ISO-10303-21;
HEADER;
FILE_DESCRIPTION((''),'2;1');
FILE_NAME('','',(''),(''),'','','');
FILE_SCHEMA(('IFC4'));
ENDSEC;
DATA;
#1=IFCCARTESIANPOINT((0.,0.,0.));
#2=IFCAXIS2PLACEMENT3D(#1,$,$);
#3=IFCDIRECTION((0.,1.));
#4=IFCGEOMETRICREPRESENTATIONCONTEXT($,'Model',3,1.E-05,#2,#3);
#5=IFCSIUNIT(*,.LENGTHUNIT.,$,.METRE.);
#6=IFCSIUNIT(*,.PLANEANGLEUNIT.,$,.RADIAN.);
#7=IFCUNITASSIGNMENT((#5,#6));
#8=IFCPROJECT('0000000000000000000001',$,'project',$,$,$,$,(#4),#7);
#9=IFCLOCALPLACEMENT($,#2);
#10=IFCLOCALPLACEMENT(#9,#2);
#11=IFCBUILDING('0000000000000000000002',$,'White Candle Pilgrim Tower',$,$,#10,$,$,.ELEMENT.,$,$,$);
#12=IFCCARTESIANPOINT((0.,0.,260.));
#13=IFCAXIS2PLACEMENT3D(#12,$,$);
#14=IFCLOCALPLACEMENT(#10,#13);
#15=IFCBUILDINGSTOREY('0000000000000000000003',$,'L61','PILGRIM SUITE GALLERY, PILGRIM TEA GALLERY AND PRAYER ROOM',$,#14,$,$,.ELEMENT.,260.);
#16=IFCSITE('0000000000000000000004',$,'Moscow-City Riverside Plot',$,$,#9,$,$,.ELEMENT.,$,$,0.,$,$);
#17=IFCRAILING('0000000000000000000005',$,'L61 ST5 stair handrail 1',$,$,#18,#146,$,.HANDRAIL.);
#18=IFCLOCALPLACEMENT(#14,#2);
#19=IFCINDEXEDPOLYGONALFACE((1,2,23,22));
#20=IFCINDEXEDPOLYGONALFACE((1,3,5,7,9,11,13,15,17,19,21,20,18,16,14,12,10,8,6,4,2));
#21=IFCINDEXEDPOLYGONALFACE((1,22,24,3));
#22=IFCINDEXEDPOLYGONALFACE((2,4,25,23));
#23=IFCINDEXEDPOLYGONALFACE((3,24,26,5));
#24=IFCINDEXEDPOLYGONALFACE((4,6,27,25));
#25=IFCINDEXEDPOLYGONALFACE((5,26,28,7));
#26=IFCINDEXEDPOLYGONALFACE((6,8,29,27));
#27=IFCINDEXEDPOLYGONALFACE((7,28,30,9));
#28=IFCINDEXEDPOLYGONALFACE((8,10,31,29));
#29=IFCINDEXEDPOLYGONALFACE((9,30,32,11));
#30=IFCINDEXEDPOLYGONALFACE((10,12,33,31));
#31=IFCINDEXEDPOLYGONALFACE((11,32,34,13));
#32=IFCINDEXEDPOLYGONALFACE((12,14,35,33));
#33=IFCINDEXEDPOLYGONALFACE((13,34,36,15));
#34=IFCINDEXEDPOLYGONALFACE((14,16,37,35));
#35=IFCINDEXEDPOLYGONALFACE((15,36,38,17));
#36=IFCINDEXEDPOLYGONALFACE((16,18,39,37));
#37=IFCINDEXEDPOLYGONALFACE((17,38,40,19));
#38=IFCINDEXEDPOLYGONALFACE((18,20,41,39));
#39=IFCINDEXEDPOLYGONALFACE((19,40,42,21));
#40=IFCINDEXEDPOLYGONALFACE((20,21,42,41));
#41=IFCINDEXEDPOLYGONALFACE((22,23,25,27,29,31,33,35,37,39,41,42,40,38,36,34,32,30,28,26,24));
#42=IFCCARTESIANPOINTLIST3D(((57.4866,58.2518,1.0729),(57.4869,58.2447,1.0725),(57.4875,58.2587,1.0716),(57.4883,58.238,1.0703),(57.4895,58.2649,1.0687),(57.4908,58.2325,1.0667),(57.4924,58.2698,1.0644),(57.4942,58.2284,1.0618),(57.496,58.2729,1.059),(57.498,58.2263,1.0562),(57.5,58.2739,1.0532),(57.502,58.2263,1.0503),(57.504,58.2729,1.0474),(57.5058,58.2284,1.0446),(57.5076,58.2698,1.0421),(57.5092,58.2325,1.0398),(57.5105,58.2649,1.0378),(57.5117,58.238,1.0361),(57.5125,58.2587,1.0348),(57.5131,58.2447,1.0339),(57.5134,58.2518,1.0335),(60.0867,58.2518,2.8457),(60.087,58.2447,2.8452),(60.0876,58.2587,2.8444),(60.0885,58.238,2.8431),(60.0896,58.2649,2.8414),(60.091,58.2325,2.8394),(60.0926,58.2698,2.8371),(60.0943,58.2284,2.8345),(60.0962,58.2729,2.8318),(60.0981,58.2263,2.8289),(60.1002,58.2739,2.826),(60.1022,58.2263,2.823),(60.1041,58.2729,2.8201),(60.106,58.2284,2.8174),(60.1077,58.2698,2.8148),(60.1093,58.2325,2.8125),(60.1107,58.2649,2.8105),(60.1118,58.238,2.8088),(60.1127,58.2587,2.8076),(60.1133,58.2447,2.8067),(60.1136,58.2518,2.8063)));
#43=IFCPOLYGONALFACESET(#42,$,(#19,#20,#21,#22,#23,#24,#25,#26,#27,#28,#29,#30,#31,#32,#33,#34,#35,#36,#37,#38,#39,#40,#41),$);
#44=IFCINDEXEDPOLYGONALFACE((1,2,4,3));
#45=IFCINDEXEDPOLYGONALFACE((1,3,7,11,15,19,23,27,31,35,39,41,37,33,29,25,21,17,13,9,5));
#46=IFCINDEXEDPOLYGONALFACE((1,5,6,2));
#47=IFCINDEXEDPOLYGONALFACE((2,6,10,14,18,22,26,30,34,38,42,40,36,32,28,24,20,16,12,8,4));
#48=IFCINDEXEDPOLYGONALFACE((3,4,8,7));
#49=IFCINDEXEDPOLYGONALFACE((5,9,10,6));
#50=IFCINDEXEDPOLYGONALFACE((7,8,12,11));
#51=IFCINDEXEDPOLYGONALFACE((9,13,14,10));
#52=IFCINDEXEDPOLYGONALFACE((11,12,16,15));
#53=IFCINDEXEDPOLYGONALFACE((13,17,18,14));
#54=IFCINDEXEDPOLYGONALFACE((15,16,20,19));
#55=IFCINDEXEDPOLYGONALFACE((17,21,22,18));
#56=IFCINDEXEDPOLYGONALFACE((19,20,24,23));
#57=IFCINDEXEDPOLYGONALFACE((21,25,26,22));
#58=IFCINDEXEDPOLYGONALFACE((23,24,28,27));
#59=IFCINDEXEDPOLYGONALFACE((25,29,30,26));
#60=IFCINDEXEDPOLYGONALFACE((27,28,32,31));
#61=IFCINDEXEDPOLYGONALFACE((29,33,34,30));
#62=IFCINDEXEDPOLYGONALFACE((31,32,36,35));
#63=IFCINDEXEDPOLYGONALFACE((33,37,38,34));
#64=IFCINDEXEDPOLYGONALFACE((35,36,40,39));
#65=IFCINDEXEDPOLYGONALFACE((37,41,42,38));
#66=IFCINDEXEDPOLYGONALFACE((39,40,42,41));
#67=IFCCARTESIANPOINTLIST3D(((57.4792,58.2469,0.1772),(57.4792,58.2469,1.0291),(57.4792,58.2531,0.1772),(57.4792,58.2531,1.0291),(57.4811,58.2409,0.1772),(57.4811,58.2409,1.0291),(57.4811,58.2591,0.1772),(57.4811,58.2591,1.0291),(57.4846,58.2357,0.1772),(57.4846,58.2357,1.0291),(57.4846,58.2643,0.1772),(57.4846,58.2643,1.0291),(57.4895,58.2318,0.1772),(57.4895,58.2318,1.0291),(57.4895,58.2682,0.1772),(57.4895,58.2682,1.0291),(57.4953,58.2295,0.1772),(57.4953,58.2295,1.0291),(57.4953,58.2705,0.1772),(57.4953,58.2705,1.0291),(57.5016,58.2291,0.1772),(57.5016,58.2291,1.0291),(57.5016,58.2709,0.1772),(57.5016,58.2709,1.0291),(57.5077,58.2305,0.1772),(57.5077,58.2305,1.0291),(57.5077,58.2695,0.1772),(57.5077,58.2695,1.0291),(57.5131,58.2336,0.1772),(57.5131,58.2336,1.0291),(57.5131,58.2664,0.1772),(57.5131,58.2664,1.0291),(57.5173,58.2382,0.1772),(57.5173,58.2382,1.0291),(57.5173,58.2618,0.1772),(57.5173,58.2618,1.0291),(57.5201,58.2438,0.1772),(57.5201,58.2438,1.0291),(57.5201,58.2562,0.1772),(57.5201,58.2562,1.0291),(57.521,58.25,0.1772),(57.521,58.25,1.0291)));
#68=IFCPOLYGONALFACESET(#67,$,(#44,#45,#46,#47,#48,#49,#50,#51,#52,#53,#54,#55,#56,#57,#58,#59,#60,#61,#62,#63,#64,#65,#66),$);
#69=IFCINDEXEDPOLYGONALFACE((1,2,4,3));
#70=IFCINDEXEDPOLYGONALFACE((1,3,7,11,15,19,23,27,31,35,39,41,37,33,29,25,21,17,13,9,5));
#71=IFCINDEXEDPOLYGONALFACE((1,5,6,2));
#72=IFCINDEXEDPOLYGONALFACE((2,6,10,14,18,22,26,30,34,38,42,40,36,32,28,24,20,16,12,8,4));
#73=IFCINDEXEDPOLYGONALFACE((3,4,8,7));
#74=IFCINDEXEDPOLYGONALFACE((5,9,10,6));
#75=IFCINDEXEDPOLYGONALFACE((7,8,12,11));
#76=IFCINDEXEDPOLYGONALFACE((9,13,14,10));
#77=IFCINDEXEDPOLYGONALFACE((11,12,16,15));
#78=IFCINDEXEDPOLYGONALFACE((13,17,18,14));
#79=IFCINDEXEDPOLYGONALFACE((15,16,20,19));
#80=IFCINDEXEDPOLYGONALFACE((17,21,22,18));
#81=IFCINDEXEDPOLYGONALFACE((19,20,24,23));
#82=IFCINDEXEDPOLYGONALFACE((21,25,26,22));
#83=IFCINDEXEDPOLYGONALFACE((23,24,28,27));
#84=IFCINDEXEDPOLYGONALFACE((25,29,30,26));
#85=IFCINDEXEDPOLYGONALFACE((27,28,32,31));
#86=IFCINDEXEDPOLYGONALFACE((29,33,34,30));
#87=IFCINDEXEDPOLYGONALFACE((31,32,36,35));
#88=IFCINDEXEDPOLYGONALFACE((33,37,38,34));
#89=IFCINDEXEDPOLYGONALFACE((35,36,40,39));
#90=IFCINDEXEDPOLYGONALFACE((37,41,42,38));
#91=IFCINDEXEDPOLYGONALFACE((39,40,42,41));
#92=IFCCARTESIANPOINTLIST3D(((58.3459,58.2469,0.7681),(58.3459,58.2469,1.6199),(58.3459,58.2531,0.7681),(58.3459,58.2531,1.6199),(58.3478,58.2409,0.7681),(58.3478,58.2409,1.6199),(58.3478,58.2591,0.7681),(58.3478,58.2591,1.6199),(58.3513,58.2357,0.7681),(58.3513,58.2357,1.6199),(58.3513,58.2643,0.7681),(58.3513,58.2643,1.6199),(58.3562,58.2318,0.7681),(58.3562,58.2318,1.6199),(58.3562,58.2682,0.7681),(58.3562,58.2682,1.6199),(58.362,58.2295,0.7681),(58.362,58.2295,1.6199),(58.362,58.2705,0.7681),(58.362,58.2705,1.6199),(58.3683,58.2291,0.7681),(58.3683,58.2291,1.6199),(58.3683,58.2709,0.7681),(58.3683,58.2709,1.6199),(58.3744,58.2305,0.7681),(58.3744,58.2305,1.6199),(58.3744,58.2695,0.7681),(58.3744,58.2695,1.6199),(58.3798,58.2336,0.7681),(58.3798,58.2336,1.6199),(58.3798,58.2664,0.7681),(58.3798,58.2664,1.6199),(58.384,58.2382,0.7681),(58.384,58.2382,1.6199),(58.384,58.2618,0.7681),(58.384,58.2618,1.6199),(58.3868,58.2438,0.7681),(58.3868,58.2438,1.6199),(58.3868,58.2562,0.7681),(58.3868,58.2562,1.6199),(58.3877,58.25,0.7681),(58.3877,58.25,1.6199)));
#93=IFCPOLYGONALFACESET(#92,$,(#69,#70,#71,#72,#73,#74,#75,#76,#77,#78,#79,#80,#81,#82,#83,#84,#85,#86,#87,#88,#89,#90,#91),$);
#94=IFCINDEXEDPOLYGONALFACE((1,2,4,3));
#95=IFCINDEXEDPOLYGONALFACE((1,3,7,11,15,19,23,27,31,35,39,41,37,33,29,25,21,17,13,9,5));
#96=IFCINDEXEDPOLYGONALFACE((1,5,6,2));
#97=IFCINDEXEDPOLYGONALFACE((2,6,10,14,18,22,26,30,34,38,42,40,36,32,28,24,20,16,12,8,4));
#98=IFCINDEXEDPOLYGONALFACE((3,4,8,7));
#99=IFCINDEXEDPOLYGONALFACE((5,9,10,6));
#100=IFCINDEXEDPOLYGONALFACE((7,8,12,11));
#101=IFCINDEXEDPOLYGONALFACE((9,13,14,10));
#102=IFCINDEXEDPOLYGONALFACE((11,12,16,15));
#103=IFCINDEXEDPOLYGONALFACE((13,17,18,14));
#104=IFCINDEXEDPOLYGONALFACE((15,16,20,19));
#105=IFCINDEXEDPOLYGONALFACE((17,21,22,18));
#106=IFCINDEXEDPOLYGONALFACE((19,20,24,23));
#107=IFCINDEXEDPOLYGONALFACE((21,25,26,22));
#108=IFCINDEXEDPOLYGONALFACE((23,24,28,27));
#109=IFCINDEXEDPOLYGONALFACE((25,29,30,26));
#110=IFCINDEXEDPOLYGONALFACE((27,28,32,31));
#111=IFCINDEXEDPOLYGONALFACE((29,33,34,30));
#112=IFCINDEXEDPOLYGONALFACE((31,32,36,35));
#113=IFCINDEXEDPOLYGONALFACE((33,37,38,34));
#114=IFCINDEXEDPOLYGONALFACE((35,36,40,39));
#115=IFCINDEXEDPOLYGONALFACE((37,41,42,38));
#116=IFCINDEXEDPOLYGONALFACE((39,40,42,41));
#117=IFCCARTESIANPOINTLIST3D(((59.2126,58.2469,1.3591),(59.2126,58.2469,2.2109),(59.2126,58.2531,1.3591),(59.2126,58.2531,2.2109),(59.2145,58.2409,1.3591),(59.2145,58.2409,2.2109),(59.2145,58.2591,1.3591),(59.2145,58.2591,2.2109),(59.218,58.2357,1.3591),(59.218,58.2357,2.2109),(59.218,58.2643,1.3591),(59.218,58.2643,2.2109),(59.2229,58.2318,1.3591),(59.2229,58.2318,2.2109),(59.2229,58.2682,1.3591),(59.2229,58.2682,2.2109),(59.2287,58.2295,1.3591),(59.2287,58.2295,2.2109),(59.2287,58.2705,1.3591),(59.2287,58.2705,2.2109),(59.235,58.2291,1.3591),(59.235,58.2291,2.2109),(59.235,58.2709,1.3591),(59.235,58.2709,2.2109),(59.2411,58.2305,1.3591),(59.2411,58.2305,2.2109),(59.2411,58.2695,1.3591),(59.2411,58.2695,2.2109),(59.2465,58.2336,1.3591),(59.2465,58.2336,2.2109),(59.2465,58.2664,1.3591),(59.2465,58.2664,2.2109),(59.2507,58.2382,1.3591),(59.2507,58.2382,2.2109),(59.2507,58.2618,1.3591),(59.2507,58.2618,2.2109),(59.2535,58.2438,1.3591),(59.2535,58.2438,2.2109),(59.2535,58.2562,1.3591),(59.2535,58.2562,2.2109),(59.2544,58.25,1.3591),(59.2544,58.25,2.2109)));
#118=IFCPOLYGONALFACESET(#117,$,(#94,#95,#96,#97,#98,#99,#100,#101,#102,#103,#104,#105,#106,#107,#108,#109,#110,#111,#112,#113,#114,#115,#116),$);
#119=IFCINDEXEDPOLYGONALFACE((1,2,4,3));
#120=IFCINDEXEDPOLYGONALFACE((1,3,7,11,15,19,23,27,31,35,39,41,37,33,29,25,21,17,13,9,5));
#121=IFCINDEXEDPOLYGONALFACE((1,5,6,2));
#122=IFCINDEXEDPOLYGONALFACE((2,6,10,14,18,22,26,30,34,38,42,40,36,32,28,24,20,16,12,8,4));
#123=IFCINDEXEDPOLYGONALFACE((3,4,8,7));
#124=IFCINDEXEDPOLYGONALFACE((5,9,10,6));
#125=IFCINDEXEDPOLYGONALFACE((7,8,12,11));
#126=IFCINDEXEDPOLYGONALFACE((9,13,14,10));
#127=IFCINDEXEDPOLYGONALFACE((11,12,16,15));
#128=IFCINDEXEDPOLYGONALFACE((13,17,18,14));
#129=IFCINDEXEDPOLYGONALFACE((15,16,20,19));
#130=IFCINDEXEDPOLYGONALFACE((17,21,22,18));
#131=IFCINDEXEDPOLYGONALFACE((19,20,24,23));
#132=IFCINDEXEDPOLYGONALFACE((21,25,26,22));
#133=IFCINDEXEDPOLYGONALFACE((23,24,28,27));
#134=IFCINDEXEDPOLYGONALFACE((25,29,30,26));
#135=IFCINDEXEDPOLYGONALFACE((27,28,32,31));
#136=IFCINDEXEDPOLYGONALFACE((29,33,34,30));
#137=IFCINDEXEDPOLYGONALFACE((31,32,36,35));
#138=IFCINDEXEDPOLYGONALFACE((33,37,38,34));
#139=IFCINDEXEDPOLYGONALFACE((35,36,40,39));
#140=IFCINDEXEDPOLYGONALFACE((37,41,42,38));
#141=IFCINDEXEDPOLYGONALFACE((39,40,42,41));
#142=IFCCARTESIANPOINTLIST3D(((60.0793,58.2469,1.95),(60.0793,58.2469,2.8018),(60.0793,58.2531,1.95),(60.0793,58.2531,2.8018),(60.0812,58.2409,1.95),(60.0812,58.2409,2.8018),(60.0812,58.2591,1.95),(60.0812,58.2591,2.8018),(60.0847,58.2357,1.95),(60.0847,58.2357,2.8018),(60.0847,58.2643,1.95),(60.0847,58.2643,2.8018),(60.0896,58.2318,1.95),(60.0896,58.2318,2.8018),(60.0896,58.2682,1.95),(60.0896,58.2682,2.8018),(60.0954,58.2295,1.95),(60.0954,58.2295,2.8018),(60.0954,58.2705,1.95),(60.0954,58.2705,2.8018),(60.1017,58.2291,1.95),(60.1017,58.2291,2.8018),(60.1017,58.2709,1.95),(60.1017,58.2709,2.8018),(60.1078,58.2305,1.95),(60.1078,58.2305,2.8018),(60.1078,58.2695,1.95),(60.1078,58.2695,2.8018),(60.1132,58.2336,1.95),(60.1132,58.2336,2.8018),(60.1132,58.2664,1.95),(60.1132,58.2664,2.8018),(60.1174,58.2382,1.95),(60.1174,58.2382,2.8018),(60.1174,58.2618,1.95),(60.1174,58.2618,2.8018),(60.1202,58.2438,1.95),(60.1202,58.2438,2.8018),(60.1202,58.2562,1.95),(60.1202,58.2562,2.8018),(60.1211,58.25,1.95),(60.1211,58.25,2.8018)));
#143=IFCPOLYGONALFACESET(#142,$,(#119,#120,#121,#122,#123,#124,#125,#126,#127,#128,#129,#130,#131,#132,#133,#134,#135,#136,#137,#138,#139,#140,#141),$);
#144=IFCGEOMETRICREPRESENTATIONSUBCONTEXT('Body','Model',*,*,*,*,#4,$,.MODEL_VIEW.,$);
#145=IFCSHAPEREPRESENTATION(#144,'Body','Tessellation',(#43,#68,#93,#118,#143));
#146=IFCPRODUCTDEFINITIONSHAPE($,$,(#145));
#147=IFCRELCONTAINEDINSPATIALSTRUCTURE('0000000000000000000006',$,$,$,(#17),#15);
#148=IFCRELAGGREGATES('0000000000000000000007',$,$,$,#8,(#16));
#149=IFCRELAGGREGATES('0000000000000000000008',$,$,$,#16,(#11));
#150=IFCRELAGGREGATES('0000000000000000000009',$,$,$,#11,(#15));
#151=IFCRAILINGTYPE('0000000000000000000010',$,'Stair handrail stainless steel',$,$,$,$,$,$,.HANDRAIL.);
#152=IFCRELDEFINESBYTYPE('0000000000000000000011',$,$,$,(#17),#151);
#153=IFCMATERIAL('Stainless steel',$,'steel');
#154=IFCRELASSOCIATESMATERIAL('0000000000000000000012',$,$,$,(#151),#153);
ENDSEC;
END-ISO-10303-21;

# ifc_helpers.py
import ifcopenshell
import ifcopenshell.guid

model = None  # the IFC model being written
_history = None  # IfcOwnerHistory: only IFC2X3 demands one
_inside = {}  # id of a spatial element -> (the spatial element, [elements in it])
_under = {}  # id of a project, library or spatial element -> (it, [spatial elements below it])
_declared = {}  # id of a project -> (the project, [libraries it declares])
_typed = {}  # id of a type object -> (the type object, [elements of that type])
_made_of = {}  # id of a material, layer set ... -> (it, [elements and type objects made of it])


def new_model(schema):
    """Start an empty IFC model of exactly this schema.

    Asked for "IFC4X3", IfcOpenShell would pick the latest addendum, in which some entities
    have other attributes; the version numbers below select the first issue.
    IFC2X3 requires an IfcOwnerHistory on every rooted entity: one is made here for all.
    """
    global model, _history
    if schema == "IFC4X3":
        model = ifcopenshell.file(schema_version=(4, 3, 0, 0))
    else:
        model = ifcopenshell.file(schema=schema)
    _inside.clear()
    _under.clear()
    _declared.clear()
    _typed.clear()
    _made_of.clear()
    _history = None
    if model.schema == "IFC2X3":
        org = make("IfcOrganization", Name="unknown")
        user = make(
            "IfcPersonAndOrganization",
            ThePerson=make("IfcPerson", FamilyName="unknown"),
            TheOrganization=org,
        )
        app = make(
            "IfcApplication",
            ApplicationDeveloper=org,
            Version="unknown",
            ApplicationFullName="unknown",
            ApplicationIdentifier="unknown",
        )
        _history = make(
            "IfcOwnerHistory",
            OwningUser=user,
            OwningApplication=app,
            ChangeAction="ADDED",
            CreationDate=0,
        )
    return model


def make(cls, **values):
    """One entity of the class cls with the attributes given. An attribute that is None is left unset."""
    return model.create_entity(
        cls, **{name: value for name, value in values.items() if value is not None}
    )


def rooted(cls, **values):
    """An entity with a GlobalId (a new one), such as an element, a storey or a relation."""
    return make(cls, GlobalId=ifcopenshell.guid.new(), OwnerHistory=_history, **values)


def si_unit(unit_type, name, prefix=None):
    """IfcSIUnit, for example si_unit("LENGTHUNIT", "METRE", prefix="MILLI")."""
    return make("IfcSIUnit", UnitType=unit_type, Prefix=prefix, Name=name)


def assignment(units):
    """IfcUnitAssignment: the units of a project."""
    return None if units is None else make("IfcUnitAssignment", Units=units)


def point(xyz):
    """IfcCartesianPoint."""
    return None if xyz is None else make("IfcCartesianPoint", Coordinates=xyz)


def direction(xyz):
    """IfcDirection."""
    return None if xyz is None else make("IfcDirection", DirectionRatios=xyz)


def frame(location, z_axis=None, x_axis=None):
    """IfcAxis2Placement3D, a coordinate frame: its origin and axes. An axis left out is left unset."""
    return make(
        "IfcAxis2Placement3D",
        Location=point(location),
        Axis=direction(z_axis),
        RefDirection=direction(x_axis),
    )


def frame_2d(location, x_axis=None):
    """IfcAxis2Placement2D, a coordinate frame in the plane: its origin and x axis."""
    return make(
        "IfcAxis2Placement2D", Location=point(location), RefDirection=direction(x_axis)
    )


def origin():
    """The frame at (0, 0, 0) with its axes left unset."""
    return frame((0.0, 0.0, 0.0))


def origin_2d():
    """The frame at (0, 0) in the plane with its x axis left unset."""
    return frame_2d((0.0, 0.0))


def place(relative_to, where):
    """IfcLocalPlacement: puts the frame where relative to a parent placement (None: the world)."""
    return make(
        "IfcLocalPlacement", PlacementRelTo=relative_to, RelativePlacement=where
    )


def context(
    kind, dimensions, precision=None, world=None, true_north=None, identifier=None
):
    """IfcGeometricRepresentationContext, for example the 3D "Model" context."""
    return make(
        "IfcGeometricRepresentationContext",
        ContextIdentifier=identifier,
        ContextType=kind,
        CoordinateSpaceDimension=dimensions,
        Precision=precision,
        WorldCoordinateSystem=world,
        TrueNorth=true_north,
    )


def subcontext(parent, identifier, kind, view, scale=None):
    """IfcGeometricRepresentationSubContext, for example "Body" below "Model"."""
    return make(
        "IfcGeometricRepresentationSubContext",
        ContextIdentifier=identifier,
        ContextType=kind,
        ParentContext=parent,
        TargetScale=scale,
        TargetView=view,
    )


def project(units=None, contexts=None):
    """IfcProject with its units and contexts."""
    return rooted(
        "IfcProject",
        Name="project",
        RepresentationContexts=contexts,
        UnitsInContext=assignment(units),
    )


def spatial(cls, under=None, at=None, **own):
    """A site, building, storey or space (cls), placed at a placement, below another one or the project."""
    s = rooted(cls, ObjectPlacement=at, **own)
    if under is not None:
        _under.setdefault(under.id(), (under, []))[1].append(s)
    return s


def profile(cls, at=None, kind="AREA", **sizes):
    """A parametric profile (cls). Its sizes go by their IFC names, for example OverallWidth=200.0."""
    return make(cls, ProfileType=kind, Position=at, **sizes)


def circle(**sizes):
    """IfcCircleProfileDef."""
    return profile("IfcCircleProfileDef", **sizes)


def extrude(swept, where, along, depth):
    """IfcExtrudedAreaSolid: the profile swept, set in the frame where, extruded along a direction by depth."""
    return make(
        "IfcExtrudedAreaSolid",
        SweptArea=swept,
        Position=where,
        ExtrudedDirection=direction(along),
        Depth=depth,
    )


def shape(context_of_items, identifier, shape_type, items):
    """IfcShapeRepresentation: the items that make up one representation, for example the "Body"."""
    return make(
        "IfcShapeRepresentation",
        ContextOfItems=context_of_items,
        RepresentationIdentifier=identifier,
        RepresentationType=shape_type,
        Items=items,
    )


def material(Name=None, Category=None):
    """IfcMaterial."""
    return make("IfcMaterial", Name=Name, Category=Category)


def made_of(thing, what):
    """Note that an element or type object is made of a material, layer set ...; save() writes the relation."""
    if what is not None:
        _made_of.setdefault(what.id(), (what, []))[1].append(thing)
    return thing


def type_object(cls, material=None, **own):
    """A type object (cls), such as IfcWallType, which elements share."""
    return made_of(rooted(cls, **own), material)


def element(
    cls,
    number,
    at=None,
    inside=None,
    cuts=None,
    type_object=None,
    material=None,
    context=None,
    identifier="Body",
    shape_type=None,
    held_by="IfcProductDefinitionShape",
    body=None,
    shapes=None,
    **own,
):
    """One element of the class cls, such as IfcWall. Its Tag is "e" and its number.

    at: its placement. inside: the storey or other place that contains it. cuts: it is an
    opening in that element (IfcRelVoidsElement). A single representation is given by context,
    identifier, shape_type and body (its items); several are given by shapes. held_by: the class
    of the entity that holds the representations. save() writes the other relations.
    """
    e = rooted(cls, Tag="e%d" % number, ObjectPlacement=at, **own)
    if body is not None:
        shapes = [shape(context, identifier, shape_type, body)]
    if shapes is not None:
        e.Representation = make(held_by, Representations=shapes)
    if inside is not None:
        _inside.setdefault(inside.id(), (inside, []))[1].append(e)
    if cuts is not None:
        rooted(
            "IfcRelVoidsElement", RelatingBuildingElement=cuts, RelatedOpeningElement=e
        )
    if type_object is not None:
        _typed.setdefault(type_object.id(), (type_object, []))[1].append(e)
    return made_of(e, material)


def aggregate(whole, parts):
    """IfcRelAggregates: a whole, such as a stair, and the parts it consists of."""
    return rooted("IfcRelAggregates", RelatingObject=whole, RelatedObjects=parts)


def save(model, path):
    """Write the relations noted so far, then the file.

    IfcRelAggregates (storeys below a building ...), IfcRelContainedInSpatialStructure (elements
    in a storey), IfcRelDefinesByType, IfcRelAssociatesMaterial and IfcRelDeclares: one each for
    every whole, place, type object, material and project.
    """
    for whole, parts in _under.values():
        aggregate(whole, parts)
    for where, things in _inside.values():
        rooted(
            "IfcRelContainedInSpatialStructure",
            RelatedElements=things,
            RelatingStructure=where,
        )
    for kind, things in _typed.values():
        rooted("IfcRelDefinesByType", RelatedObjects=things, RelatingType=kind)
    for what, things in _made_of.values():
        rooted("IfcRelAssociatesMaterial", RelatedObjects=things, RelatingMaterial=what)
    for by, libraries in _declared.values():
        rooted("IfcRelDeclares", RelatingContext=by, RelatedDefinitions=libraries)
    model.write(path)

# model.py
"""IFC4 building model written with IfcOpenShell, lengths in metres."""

from ifc_helpers import new_model, si_unit, direction, frame, origin, origin_2d, place, context, subcontext, project, spatial, circle, extrude, material, type_object, element, save


model = new_model("IFC4")

# Units and contexts
model_context = context("Model", 3, precision=1e-05, world=origin(), true_north=direction((0.0, 1.0)))
body_context = subcontext(model_context, "Body", "Model", "MODEL_VIEW")
ifc_project = project(units=[si_unit("LENGTHUNIT", "METRE"), si_unit("PLANEANGLEUNIT", "RADIAN")], contexts=[model_context])

# Site, building, storey
site_placement = place(None, origin())
site = spatial("IfcSite", under=ifc_project, at=site_placement, Name="Moscow-City Riverside Plot", CompositionType="ELEMENT", RefElevation=0.0)
building_placement = place(site_placement, origin())
building = spatial("IfcBuilding", under=site, at=building_placement, Name="White Candle Pilgrim Tower", CompositionType="ELEMENT")
storey_placement = place(building_placement, frame((0.0, 0.0, 260.0)))
storey = spatial("IfcBuildingStorey", under=building, at=storey_placement, Name="L61", Description="PILGRIM SUITE GALLERY, PILGRIM TEA GALLERY AND PRAYER ROOM", CompositionType="ELEMENT", Elevation=260.0)

# Railing
ifc_material_1 = material(Name="Stainless steel", Category="steel")
railing_type_1 = type_object("IfcRailingType", Name="Stair handrail stainless steel", PredefinedType="HANDRAIL", material=ifc_material_1)
railing_1_placement = place(storey_placement, frame((57.5, 58.25, 0.1772)))
element("IfcRailing", 1, at=railing_1_placement, inside=storey, type_object=railing_type_1, Name="L61 ST5 stair handrail 1", PredefinedType="HANDRAIL", context=body_context, shape_type="SweptSolid", body=[
    extrude(circle(Radius=0.0239, at=origin_2d()), frame((0.0, 0.0, 0.876), z_axis=(0.82624, 0.0, 0.563318), x_axis=(0.0, 1.0, 0.0)), (0.0, 0.0, 1.0), 3.147),
    extrude(circle(Radius=0.021, at=origin_2d()), origin(), (0.0, 0.0, 1.0), 0.8518),
    extrude(circle(Radius=0.021, at=origin_2d()), frame((0.8667, 0.0, 0.5908)), (0.0, 0.0, 1.0), 0.8518),
    extrude(circle(Radius=0.021, at=origin_2d()), frame((1.7334, 0.0, 1.1819)), (0.0, 0.0, 1.0), 0.8518),
    extrude(circle(Radius=0.021, at=origin_2d()), frame((2.6001, 0.0, 1.7727)), (0.0, 0.0, 1.0), 0.8518),
])

save(model, "model.ifc")
